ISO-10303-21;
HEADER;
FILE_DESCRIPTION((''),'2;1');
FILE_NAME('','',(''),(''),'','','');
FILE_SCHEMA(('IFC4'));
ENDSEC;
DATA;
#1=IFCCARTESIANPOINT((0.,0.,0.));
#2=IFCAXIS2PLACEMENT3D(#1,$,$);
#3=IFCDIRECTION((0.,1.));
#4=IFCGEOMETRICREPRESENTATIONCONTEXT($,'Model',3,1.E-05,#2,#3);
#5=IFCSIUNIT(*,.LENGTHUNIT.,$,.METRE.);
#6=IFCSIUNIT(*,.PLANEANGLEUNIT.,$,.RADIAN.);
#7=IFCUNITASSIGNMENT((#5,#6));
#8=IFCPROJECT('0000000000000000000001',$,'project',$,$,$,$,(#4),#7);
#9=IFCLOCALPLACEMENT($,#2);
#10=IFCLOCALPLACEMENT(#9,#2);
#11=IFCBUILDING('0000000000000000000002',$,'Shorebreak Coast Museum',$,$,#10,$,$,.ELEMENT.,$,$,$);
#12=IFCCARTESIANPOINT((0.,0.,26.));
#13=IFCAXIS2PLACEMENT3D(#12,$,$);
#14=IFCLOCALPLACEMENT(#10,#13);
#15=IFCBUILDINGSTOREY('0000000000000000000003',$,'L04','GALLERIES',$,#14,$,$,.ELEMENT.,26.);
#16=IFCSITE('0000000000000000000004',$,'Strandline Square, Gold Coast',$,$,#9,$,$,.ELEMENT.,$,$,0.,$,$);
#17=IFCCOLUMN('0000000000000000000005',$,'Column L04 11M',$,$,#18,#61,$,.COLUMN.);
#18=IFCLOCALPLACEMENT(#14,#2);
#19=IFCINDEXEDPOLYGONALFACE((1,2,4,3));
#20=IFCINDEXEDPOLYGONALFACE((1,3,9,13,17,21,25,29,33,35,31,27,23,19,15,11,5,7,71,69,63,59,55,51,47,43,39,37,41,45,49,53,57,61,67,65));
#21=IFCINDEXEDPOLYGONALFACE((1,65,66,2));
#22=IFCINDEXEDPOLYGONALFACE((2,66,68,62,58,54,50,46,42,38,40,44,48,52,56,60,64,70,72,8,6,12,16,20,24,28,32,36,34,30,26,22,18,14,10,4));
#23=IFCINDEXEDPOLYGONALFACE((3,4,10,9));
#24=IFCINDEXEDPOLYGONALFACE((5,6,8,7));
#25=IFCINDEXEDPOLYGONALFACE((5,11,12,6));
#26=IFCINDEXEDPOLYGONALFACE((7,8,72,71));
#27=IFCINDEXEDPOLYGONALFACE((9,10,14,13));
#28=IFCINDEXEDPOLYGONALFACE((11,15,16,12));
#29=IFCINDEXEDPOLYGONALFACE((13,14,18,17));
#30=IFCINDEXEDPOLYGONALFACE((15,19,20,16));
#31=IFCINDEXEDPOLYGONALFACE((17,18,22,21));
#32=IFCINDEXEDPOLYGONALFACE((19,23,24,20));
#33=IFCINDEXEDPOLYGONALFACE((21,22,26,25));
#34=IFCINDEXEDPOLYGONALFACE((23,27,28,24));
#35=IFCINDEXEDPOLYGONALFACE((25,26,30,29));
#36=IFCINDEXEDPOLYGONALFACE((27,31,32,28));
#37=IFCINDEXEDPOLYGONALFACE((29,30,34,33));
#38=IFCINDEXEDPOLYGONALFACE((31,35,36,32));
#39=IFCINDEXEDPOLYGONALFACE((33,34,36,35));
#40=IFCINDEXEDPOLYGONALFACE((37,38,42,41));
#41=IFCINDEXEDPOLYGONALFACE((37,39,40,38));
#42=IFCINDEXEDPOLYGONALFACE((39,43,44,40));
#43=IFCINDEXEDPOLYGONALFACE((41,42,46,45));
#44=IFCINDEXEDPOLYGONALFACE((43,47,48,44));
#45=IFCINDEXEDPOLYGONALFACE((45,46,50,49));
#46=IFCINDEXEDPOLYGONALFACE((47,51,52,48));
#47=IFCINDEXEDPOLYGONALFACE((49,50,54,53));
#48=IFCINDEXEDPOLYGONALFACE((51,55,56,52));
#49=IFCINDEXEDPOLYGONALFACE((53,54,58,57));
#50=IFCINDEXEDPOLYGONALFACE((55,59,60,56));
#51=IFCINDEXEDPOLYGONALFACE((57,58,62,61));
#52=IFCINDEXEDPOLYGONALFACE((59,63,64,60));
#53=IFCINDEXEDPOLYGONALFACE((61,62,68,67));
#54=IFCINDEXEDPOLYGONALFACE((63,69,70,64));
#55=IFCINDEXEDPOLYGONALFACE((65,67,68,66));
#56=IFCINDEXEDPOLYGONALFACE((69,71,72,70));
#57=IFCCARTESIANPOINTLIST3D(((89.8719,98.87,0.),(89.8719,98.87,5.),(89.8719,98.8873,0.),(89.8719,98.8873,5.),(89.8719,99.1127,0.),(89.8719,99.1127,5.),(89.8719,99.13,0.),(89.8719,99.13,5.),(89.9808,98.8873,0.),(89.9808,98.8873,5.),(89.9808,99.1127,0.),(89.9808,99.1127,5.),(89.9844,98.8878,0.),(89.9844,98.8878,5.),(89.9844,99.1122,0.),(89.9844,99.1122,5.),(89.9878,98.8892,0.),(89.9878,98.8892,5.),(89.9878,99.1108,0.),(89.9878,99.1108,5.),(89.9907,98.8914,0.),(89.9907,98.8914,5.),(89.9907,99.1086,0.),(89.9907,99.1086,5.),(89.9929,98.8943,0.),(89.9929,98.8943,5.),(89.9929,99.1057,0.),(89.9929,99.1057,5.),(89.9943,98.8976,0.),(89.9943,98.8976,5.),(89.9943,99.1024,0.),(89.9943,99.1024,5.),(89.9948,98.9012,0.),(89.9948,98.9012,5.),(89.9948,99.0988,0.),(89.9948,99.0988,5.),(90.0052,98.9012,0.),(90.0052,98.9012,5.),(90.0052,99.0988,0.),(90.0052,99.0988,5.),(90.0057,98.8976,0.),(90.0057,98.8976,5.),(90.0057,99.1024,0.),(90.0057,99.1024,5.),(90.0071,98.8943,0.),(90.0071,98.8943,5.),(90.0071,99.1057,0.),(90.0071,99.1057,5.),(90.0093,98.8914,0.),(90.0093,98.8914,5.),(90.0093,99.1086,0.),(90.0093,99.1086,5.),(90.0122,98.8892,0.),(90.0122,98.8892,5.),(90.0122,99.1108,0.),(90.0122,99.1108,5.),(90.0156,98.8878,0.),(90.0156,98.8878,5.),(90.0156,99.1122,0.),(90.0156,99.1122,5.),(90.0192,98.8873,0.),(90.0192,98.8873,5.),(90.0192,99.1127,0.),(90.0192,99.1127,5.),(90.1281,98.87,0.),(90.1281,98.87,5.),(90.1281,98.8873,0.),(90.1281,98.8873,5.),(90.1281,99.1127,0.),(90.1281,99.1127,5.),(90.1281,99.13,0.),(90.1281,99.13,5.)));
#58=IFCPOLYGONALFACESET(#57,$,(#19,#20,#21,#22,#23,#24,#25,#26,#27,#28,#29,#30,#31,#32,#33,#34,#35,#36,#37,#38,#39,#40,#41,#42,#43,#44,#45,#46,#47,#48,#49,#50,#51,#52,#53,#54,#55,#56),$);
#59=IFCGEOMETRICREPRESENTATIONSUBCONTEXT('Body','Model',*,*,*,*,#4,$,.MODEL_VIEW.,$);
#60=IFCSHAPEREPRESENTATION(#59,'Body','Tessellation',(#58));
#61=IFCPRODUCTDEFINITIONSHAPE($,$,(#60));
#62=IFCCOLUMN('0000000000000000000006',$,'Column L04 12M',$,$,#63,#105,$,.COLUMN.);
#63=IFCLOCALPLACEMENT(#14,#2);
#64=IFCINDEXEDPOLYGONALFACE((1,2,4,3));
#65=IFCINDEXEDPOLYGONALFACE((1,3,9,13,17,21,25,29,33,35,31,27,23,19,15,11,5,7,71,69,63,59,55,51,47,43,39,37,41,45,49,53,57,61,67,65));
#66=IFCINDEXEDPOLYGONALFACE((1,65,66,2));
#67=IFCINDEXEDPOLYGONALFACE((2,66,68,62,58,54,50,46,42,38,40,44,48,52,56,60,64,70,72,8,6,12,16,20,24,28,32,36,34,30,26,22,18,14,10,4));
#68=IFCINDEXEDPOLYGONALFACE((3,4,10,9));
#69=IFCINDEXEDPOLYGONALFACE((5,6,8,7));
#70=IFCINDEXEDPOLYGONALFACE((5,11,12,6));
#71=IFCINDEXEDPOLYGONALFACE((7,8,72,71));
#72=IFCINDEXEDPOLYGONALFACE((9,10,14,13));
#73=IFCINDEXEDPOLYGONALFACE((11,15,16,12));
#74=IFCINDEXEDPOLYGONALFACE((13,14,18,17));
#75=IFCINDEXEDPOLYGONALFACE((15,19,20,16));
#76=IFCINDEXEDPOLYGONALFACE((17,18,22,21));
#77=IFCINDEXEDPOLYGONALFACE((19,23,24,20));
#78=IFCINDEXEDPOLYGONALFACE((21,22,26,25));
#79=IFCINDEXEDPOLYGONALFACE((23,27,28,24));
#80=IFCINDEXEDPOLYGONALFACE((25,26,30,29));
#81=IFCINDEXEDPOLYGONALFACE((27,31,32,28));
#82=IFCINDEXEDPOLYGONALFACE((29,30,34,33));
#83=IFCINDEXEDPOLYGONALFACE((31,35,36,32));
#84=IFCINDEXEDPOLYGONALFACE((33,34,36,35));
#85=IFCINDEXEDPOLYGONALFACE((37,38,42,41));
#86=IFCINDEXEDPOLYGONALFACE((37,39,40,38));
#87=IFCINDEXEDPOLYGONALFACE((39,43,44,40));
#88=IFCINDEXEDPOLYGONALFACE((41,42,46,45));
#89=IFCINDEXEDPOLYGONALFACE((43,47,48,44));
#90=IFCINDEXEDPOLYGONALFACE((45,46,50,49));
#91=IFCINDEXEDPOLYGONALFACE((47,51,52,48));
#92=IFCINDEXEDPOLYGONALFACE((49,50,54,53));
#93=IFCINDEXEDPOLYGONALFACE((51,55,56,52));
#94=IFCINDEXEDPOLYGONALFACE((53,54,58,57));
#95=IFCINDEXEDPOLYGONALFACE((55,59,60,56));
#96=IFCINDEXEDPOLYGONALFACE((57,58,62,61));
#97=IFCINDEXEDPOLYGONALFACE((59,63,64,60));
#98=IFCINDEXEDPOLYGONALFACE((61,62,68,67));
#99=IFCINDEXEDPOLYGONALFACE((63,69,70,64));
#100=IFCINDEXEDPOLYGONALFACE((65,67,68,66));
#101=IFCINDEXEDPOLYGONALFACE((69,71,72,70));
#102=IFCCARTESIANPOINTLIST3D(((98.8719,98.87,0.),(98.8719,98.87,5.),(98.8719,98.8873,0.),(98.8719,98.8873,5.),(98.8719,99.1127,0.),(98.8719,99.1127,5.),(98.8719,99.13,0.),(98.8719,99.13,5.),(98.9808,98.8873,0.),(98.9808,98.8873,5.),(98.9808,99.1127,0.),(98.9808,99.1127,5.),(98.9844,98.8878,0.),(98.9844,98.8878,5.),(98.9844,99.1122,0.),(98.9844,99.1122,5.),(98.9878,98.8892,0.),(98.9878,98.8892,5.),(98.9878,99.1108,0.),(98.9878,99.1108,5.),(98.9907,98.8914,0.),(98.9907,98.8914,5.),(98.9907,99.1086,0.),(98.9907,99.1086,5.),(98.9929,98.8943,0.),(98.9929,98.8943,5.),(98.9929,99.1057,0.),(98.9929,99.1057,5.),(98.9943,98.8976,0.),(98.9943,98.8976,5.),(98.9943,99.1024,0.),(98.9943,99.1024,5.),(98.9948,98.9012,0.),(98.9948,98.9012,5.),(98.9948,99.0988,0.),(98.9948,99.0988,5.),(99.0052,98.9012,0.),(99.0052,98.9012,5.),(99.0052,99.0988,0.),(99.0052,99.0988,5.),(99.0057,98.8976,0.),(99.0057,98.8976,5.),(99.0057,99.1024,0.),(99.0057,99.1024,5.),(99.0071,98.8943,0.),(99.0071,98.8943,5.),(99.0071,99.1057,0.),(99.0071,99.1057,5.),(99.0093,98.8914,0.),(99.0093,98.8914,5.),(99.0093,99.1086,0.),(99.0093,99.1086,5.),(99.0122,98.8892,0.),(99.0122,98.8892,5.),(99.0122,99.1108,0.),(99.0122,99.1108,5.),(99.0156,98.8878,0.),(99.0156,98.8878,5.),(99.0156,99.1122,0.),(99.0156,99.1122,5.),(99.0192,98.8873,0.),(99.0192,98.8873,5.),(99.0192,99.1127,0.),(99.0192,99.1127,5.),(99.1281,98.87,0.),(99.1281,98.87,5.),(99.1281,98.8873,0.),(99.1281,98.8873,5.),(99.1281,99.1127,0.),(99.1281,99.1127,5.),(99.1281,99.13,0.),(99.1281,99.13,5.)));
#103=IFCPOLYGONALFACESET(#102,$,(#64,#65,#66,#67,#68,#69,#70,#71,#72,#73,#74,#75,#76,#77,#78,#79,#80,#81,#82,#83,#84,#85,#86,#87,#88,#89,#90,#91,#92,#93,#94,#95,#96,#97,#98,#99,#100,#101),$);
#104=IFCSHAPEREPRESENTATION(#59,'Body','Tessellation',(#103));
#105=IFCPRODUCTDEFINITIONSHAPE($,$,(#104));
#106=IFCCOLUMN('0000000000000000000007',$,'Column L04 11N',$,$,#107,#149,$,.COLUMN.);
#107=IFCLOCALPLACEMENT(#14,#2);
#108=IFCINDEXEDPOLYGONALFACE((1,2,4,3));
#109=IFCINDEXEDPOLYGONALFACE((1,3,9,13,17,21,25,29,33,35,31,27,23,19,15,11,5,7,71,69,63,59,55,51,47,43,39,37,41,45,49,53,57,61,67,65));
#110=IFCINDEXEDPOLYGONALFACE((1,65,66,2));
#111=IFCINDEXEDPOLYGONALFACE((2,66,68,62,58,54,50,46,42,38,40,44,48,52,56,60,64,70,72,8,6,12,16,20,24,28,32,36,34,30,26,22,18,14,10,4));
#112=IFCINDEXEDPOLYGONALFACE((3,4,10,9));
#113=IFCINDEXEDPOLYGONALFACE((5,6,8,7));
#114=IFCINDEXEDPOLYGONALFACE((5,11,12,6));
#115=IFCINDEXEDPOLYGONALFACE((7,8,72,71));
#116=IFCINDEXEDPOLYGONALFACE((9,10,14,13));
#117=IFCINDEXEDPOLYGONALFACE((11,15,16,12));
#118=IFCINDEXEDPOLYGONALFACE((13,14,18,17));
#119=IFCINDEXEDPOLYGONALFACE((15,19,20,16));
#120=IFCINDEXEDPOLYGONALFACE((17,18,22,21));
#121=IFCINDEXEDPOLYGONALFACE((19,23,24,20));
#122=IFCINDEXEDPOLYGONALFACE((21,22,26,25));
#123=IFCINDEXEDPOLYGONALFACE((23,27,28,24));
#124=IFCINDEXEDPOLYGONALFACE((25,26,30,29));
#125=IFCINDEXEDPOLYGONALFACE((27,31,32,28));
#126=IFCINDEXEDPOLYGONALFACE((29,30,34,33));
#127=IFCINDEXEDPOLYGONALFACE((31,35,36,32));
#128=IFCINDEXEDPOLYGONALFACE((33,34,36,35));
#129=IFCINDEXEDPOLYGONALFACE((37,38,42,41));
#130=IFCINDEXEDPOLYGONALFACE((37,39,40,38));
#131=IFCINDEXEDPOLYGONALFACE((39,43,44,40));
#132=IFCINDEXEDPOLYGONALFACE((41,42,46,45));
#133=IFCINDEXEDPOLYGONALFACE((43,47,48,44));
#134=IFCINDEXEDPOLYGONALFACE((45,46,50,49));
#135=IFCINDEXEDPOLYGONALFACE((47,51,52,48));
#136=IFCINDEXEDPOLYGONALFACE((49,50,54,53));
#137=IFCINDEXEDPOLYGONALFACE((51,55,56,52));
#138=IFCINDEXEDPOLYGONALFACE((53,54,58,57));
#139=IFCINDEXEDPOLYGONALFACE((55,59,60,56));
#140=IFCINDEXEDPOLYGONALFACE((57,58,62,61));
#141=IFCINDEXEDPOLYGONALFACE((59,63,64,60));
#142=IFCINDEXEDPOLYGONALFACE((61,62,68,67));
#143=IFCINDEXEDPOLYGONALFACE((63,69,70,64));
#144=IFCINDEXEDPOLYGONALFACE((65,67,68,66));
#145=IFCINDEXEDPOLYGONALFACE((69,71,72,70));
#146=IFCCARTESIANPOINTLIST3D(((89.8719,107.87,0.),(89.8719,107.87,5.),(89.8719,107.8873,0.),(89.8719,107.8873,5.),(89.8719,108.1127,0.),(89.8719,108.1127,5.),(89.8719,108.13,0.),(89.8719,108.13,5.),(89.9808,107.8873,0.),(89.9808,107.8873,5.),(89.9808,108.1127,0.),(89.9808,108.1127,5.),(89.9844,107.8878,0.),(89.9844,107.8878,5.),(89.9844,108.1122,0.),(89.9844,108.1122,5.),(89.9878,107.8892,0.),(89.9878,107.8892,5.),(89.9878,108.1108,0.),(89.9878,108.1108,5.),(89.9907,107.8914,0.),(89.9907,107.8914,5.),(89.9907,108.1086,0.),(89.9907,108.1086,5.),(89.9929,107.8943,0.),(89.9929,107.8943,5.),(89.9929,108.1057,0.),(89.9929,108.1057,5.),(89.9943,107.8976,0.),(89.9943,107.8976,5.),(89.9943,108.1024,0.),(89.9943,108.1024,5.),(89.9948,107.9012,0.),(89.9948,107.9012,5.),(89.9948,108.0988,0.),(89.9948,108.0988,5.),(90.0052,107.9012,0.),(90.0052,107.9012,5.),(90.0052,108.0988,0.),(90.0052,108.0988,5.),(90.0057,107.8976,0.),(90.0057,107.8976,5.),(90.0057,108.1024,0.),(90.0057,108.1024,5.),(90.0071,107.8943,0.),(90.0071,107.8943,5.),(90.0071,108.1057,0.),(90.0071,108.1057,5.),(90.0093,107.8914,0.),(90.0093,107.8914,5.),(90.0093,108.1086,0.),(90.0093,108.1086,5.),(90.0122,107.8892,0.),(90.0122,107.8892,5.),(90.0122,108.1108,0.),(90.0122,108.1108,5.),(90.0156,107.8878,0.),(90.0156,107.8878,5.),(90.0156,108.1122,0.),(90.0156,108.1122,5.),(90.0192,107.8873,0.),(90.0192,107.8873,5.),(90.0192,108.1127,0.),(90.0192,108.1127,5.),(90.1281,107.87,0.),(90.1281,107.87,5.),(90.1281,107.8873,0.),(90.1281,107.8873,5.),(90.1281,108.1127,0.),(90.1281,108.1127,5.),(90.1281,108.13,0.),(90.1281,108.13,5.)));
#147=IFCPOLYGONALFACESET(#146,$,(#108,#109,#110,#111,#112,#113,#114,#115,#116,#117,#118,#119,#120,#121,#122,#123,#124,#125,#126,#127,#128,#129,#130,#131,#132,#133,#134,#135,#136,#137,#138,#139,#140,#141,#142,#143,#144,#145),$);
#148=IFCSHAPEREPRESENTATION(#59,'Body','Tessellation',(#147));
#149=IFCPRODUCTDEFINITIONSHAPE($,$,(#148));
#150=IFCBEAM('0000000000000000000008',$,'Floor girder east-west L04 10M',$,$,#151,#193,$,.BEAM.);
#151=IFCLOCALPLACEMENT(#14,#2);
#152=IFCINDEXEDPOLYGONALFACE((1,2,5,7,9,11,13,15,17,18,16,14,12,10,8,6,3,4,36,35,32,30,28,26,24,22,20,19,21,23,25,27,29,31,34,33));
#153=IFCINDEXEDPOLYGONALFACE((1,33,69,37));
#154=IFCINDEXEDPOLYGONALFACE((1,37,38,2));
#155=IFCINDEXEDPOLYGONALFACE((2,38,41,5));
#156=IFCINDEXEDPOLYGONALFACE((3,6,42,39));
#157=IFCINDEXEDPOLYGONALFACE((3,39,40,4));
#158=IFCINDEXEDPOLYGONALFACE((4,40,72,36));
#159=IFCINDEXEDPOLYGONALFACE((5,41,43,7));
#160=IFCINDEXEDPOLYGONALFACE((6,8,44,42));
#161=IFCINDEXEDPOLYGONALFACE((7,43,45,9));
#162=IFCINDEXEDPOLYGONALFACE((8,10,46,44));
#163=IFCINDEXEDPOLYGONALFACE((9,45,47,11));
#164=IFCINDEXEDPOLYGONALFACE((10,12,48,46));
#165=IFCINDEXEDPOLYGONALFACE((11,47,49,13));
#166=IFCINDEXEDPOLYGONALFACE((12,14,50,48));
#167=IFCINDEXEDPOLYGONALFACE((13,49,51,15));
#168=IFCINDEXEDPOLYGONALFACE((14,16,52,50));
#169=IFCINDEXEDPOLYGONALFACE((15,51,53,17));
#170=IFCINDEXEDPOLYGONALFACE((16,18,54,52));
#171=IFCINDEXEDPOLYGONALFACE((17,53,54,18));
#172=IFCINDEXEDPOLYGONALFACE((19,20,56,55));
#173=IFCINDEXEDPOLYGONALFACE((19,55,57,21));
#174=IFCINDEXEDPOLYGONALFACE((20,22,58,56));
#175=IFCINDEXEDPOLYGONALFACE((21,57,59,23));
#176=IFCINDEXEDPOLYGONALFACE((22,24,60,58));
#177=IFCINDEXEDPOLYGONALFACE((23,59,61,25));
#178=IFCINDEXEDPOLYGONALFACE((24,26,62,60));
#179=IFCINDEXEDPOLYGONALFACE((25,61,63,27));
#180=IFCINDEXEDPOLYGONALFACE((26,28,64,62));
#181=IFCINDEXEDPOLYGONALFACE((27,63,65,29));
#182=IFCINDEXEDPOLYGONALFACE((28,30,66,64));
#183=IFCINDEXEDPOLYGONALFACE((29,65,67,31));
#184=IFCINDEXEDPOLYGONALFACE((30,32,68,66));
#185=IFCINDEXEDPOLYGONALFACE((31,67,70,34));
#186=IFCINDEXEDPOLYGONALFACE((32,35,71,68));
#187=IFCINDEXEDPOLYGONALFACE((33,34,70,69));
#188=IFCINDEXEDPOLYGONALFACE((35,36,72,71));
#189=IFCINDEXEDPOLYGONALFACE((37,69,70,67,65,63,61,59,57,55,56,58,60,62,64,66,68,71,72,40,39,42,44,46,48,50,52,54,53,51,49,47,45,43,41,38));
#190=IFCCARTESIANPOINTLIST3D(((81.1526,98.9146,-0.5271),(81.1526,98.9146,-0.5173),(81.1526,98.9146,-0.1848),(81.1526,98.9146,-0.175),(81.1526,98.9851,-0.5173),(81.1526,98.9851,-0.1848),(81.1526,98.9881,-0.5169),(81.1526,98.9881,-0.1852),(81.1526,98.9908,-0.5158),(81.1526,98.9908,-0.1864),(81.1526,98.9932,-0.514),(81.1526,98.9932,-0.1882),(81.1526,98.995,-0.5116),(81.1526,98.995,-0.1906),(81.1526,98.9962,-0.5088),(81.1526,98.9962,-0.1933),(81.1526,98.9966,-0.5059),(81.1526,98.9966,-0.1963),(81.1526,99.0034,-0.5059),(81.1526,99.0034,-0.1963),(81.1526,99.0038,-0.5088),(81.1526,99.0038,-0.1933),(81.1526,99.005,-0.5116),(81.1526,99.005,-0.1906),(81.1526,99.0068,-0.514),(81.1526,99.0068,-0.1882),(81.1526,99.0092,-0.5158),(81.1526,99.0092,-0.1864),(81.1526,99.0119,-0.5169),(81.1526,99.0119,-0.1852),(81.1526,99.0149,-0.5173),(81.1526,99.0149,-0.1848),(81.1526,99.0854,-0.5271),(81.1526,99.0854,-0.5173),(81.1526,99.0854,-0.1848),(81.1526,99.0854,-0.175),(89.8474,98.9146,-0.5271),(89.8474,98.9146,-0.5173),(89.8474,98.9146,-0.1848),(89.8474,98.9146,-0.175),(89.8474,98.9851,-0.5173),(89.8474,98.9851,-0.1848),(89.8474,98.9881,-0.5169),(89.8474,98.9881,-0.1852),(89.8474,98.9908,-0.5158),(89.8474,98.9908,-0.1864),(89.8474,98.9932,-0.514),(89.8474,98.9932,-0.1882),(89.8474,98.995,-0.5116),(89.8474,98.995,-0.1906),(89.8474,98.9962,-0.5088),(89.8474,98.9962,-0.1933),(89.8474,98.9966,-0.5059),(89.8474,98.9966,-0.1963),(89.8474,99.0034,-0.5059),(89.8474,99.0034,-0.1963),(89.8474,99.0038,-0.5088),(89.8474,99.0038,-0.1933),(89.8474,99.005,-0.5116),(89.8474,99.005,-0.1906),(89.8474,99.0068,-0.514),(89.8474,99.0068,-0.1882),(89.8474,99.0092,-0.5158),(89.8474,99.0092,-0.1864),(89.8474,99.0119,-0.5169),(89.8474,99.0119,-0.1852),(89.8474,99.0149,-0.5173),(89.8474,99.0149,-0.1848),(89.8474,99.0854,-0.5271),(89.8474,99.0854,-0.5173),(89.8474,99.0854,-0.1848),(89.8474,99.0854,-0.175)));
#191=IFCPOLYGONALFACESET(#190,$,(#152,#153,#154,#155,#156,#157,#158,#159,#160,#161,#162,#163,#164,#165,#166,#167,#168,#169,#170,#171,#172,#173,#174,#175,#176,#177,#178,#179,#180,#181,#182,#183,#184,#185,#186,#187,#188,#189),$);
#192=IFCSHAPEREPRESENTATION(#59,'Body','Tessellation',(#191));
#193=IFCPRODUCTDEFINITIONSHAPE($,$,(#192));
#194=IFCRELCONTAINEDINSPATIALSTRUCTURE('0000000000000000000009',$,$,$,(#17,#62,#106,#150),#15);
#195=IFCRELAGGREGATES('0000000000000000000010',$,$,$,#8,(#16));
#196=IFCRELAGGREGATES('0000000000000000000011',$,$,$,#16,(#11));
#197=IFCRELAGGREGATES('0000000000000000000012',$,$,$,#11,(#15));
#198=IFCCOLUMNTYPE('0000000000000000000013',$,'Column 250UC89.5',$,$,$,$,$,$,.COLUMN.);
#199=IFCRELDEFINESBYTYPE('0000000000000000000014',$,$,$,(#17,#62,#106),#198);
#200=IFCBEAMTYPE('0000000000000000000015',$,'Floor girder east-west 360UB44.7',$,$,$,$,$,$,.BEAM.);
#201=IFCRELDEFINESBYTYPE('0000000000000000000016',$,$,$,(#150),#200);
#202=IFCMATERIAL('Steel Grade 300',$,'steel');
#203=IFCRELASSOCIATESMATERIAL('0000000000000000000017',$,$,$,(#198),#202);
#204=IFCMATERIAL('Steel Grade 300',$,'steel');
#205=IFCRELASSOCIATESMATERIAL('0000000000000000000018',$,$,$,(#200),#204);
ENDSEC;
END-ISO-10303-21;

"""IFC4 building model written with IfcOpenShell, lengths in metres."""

from ifc_helpers import new_model, si_unit, direction, frame, origin, origin_2d, place, context, subcontext, project, spatial, i_section, extrude, material, material_profile, profile_set, type_object, element, save


model = new_model("IFC4")

# Units and contexts
model_context = context("Model", 3, precision=1e-05, world=origin(), true_north=direction((0.0, 1.0)))
body_context = subcontext(model_context, "Body", "Model", "MODEL_VIEW")
ifc_project = project(units=[si_unit("LENGTHUNIT", "METRE"), si_unit("PLANEANGLEUNIT", "RADIAN")], contexts=[model_context])

# Site, building, storey
site_placement = place(None, origin())
site = spatial("IfcSite", under=ifc_project, at=site_placement, Name="Strandline Square, Gold Coast", CompositionType="ELEMENT", RefElevation=0.0)
building_placement = place(site_placement, origin())
building = spatial("IfcBuilding", under=site, at=building_placement, Name="Shorebreak Coast Museum", CompositionType="ELEMENT")
storey_placement = place(building_placement, frame((0.0, 0.0, 26.0)))
storey = spatial("IfcBuildingStorey", under=building, at=storey_placement, Name="L04", Description="GALLERIES", CompositionType="ELEMENT", Elevation=26.0)

# Columns
ifc_material_1 = material(Name="Steel Grade 300", Category="steel")
ifc_material_profile_1 = material_profile(ifc_material_1, i_section(OverallWidth=0.2561, OverallDepth=0.26, WebThickness=0.0105, FlangeThickness=0.0173, FilletRadius=0.0139, at=origin_2d()), Name="250UC89.5")
ifc_profile_set_1 = profile_set([ifc_material_profile_1], Name="Steel Grade 300")
column_type = type_object("IfcColumnType", Name="Column 250UC89.5", PredefinedType="COLUMN", material=ifc_profile_set_1)
for number, where, z_axis, x_axis, name in (
    (1, (90.0, 99.0, 0.0), (0.0, 0.0, 1.0), (1.0, 0.0, 0.0), "Column L04 11M"),
    (2, (99.0, 99.0, 0.0), (0.0, 0.0, 1.0), (1.0, 0.0, 0.0), "Column L04 12M"),
    (3, (90.0, 108.0, 0.0), (0.0, 0.0, 1.0), (1.0, 0.0, 0.0), "Column L04 11N"),
):
    element("IfcColumn", number, at=place(storey_placement, frame(where, z_axis=z_axis, x_axis=x_axis)), inside=storey, type_object=column_type, Name=name, PredefinedType="COLUMN", context=body_context, shape_type="SweptSolid", body=[
        extrude(i_section(OverallWidth=0.2561, OverallDepth=0.26, WebThickness=0.0105, FlangeThickness=0.0173, FilletRadius=0.0139, at=origin_2d()), origin(), (0.0, 0.0, 1.0), 5.0),
    ])

# Beam
ifc_material_2 = material(Name="Steel Grade 300", Category="steel")
ifc_material_profile_2 = material_profile(ifc_material_2, i_section(OverallWidth=0.1709, OverallDepth=0.3521, WebThickness=0.0068, FlangeThickness=0.0098, FilletRadius=0.0115, at=origin_2d()), Name="360UB44.7")
ifc_profile_set_2 = profile_set([ifc_material_profile_2], Name="Steel Grade 300")
beam_type_1 = type_object("IfcBeamType", Name="Floor girder east-west 360UB44.7", PredefinedType="BEAM", material=ifc_profile_set_2)
for number, where, z_axis, x_axis, name in (
    (4, (81.1526, 99.0, -0.3511), (1.0, 0.0, 0.0), (0.0, 1.0, 0.0), "Floor girder east-west L04 10M"),
):
    element("IfcBeam", number, at=place(storey_placement, frame(where, z_axis=z_axis, x_axis=x_axis)), inside=storey, type_object=beam_type_1, Name=name, PredefinedType="BEAM", context=body_context, shape_type="SweptSolid", body=[
        extrude(i_section(OverallWidth=0.1709, OverallDepth=0.3521, WebThickness=0.0068, FlangeThickness=0.0098, FilletRadius=0.0115, at=origin_2d()), origin(), (0.0, 0.0, 1.0), 8.6948),
    ])

save(model, "model.ifc")
